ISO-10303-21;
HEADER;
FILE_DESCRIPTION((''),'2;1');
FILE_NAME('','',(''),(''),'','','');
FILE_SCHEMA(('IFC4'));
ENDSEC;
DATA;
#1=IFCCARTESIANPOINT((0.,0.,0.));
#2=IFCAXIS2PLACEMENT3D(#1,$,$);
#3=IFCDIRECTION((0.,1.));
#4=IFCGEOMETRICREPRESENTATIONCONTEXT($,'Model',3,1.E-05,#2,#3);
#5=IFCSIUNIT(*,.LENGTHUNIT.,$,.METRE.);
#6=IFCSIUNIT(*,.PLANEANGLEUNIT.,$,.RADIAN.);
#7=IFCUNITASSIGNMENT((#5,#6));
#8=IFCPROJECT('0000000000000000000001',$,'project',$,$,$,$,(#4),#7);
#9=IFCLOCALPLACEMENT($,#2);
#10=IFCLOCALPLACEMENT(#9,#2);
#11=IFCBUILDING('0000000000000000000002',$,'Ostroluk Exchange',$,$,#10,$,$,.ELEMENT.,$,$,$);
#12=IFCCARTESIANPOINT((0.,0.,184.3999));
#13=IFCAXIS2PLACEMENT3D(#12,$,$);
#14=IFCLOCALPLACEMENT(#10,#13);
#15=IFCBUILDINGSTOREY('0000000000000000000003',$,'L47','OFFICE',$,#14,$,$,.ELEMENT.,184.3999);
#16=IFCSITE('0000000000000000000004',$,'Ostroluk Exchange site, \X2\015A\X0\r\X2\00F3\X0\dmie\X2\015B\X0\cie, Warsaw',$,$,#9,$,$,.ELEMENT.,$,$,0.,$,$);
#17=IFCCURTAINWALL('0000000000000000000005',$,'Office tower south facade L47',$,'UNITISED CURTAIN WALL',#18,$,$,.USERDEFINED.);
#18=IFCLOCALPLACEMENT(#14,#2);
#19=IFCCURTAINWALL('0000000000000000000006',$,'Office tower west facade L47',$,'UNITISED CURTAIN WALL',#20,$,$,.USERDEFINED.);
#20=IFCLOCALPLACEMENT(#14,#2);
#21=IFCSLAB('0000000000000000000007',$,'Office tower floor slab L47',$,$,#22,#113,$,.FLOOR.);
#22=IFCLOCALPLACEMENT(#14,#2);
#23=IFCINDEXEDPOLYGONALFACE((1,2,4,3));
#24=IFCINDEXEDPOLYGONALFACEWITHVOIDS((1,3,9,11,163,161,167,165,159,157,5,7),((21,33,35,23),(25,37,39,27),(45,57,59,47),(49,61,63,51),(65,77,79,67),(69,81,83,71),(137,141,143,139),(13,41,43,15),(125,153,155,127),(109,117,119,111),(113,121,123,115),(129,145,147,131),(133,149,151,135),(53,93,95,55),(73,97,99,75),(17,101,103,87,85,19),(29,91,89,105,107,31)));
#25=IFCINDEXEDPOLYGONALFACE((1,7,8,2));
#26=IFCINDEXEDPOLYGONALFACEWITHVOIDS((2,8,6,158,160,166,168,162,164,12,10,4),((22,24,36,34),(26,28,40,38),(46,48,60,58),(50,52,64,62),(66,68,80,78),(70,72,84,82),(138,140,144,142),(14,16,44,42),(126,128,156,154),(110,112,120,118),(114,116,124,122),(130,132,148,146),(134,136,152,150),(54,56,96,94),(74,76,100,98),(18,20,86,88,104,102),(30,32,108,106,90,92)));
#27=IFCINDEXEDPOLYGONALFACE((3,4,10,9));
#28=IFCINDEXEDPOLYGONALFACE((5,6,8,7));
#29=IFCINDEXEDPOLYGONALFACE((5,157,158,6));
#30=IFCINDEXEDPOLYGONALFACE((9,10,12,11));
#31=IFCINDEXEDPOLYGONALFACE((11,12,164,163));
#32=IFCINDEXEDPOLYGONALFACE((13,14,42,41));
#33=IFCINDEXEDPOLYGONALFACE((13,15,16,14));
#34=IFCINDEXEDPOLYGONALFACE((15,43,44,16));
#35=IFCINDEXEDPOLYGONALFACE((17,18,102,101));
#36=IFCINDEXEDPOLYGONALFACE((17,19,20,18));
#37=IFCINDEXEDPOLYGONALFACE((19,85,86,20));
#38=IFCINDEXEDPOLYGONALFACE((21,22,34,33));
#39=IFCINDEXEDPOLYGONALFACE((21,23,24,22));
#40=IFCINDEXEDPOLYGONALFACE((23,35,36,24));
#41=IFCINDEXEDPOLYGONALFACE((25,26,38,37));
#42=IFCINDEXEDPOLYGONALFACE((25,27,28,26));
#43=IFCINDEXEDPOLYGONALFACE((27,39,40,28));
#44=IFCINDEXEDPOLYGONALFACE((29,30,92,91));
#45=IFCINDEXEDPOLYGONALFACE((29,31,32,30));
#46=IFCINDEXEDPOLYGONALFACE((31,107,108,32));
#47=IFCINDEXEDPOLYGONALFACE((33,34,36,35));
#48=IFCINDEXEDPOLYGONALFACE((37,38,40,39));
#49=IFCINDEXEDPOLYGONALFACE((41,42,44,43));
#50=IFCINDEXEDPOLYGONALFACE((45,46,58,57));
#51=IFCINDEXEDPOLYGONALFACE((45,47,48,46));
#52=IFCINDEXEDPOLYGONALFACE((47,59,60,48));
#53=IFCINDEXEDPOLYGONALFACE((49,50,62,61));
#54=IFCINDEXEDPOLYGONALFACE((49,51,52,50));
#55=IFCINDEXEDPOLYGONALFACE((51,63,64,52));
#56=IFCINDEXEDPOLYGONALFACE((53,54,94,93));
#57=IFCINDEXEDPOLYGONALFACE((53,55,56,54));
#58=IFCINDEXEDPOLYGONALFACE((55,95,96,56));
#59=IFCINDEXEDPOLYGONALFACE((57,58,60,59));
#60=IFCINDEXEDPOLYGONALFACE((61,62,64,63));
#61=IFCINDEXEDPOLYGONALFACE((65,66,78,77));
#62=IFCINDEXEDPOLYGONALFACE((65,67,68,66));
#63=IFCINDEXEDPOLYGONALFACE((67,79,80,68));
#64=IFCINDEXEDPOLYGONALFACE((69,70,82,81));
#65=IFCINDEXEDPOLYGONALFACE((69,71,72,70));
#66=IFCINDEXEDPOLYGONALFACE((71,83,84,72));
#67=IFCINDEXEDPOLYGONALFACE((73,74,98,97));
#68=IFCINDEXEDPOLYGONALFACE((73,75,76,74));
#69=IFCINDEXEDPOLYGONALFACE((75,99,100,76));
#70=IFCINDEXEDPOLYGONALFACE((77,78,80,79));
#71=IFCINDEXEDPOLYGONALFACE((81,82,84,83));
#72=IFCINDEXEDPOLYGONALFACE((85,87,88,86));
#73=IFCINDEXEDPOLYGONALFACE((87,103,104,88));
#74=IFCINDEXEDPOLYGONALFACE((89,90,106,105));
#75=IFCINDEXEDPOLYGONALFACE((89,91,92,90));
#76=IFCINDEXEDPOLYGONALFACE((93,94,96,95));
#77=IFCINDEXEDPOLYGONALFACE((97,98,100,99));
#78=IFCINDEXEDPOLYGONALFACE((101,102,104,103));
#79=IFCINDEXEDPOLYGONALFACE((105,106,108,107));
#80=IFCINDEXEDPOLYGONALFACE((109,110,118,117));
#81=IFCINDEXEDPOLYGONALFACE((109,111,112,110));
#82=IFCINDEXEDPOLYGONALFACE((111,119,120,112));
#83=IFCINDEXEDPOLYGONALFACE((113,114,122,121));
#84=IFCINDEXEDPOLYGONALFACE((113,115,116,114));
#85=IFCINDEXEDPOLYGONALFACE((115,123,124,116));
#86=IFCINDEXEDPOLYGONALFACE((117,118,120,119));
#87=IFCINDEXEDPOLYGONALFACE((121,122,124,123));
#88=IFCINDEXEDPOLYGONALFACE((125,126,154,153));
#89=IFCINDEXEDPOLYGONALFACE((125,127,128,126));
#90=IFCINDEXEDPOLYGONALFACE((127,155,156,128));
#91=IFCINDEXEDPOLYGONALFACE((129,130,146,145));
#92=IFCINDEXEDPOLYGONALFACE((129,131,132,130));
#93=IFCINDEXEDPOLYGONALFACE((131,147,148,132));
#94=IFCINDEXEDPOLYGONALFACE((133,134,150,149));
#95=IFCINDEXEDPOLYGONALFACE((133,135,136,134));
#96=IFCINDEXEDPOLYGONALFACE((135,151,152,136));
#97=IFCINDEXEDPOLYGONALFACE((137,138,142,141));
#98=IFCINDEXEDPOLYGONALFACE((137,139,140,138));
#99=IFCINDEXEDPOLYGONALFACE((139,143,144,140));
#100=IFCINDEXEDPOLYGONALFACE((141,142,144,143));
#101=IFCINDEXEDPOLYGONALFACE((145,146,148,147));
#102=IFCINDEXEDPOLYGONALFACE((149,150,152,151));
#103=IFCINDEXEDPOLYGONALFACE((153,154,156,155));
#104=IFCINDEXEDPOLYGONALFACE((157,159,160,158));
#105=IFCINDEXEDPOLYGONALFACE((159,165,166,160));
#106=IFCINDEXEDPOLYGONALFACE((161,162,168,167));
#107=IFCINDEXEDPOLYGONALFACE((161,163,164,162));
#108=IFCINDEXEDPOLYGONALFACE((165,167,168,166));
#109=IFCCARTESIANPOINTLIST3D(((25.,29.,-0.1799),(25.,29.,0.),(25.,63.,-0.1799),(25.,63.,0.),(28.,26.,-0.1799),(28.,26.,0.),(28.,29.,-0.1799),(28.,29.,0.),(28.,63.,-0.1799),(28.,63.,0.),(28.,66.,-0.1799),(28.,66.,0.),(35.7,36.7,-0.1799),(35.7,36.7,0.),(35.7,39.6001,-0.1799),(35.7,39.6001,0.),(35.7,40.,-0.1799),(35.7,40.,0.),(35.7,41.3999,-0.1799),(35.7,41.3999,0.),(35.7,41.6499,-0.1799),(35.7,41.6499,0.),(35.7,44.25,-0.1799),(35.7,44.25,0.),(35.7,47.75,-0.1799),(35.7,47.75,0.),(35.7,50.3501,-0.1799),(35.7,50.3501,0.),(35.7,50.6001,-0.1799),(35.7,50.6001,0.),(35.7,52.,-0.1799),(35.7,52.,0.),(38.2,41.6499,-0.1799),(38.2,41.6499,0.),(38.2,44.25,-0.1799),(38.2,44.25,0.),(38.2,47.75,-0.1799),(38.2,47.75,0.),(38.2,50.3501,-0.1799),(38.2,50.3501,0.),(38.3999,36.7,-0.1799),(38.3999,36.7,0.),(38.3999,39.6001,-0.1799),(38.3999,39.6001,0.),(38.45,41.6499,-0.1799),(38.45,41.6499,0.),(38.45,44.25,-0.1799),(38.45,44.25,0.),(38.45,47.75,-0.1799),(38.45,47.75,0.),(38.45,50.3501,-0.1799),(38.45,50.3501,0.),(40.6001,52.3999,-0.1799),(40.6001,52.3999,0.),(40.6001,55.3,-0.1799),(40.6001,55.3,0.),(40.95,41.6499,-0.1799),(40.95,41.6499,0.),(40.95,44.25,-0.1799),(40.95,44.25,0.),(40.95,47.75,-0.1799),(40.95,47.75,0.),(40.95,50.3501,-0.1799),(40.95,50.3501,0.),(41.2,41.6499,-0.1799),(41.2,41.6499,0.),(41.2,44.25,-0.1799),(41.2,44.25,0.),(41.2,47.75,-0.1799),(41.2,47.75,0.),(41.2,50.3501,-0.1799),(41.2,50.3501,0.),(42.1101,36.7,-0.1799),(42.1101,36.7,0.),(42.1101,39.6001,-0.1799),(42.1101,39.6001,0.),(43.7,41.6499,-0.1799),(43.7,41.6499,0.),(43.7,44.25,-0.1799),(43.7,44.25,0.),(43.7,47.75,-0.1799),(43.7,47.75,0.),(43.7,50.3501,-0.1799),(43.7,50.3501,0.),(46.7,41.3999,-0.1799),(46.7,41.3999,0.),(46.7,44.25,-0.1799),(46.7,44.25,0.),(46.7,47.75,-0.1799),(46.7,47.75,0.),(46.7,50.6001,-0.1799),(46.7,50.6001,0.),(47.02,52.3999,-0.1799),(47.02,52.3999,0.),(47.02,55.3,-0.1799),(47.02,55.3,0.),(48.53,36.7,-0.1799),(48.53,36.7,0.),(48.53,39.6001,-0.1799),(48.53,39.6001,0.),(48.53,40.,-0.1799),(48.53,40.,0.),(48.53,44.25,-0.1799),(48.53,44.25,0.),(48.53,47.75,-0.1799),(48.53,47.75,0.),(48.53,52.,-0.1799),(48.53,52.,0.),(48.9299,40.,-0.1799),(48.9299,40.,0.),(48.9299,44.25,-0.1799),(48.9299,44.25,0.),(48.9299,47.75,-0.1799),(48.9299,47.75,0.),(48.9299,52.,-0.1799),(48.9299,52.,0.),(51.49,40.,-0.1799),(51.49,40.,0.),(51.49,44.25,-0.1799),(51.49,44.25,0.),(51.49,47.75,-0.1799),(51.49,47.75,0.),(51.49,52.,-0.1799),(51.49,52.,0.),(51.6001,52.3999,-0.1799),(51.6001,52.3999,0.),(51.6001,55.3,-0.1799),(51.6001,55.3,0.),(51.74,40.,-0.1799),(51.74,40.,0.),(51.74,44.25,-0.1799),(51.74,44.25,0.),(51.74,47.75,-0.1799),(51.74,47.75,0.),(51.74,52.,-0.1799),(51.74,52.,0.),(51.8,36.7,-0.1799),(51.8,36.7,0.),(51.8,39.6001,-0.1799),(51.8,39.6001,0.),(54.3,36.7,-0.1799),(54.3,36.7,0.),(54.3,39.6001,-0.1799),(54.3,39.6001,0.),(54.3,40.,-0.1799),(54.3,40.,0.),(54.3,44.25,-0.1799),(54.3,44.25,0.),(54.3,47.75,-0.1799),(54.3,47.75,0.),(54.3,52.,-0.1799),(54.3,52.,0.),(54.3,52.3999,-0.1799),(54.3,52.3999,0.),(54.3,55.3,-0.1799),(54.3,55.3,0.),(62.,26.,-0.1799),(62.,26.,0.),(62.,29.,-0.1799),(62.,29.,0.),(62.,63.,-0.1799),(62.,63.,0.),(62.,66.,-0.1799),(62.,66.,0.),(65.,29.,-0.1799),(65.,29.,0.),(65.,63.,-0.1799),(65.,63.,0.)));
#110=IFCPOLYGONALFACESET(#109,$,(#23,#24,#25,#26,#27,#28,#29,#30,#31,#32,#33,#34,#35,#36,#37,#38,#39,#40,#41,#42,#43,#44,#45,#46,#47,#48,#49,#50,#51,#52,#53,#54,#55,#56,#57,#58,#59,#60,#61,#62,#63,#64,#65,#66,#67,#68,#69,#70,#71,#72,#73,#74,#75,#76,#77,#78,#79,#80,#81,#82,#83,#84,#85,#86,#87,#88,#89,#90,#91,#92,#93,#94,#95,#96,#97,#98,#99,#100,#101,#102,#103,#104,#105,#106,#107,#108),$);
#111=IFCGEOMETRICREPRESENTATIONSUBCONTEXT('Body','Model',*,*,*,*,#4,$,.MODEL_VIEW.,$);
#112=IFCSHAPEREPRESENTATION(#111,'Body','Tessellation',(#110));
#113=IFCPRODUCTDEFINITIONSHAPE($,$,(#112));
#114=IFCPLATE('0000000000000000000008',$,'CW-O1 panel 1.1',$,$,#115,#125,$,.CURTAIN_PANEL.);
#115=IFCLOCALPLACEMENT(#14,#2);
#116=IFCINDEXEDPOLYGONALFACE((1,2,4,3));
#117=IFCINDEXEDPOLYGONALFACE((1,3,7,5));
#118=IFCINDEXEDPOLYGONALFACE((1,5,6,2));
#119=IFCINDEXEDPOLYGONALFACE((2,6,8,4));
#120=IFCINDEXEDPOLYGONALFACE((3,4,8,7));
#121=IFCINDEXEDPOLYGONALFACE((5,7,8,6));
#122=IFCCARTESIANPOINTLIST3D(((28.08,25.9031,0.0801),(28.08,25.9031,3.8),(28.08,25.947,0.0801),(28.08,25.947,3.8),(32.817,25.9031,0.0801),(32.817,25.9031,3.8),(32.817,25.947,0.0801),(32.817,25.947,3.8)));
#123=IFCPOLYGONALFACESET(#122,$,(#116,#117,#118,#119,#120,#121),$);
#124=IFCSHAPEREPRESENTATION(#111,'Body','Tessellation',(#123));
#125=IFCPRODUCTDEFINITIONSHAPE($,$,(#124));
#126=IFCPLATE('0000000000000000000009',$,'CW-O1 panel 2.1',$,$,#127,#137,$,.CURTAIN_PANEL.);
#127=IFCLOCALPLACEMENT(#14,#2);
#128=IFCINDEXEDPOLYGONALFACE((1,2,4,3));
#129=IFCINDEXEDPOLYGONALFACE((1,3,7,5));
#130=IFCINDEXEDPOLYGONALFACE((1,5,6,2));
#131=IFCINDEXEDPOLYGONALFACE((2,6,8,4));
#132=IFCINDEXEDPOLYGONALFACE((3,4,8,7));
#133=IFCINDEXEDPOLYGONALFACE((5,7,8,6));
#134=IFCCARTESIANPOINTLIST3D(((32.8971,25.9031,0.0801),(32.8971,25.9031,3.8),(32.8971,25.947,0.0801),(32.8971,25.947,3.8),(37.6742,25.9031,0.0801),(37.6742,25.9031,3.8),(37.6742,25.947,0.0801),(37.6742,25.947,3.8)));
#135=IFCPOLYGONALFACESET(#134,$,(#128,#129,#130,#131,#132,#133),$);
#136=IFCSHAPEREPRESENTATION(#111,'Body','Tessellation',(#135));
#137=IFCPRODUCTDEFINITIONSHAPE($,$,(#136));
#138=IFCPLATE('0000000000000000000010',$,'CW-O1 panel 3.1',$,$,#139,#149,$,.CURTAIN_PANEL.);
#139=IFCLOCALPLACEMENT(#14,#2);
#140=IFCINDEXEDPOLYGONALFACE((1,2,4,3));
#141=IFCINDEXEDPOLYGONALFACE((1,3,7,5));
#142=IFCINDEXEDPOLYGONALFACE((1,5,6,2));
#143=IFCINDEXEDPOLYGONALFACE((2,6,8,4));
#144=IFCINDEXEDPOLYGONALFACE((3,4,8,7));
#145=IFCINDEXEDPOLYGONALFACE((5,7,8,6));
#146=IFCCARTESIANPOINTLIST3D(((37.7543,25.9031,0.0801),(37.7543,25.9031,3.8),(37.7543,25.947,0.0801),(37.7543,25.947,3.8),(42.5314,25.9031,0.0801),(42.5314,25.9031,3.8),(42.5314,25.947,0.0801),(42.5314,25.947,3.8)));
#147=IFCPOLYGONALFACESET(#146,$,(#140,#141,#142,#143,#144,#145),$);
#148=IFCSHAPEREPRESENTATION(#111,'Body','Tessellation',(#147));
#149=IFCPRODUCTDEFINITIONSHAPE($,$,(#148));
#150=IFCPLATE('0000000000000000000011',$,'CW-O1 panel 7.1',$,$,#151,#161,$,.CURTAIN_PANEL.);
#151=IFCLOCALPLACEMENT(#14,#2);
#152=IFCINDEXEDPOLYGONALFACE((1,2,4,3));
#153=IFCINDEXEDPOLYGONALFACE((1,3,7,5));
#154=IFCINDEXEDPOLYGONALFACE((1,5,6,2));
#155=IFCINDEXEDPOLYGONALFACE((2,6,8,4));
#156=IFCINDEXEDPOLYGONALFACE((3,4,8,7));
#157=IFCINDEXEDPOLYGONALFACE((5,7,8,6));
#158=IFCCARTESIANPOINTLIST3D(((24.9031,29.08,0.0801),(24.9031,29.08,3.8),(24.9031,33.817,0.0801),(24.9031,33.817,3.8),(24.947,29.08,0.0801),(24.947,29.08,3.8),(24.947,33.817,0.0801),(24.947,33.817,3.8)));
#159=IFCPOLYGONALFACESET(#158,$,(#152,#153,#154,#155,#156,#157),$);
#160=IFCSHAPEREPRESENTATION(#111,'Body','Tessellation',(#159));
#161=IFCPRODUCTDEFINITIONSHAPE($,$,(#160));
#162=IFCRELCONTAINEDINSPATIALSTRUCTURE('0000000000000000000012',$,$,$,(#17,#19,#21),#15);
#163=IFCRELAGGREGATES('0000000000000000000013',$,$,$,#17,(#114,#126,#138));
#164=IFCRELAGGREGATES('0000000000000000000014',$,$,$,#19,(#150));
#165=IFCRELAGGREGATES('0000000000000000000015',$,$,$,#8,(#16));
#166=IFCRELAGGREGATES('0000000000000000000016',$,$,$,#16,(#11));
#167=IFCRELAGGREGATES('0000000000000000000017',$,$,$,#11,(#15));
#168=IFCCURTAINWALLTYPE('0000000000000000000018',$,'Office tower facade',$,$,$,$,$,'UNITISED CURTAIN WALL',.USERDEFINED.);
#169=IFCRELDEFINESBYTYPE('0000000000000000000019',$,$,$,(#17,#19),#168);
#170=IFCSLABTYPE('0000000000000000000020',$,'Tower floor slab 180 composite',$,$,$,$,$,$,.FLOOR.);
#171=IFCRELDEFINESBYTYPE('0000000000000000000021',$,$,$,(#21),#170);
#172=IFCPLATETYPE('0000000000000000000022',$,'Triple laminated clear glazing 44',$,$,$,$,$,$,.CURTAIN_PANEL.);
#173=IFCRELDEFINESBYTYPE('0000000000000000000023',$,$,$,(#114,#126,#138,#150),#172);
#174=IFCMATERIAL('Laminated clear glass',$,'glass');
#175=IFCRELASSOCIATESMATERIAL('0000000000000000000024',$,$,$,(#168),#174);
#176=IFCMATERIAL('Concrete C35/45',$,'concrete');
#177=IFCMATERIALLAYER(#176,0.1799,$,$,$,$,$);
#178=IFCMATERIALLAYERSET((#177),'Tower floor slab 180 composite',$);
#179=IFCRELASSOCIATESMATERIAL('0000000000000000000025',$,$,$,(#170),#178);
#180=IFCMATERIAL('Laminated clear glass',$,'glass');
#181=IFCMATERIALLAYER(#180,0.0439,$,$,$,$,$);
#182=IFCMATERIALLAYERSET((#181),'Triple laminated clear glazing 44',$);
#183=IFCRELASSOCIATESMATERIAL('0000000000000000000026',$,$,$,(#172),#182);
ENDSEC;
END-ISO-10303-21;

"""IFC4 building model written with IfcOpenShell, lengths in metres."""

from ifc_helpers import new_model, si_unit, direction, frame, origin, origin_2d, place, context, subcontext, project, spatial, polyline, rectangle, outline, extrude, material, layer, layer_set, type_object, element, aggregate, save


model = new_model("IFC4")

# Units and contexts
model_context = context("Model", 3, precision=1e-05, world=origin(), true_north=direction((0.0, 1.0)))
body_context = subcontext(model_context, "Body", "Model", "MODEL_VIEW")
ifc_project = project(units=[si_unit("LENGTHUNIT", "METRE"), si_unit("PLANEANGLEUNIT", "RADIAN")], contexts=[model_context])

# Site, building, storey
site_placement = place(None, origin())
site = spatial("IfcSite", under=ifc_project, at=site_placement, Name="Ostroluk Exchange site, Śródmieście, Warsaw", CompositionType="ELEMENT", RefElevation=0.0)
building_placement = place(site_placement, origin())
building = spatial("IfcBuilding", under=site, at=building_placement, Name="Ostroluk Exchange", CompositionType="ELEMENT")
storey_placement = place(building_placement, frame((0.0, 0.0, 184.3999)))
storey = spatial("IfcBuildingStorey", under=building, at=storey_placement, Name="L47", Description="OFFICE", CompositionType="ELEMENT", Elevation=184.3999)

# Curtain wall
ifc_material_1 = material(Name="Laminated clear glass", Category="glass")
curtain_wall_type = type_object("IfcCurtainWallType", Name="Office tower facade", ElementType="UNITISED CURTAIN WALL", PredefinedType="USERDEFINED", material=ifc_material_1)
curtain_wall_1_placement = place(storey_placement, origin())
curtain_wall_1 = element("IfcCurtainWall", 1, at=curtain_wall_1_placement, inside=storey, type_object=curtain_wall_type, Name="Office tower south facade L47", ObjectType="UNITISED CURTAIN WALL", PredefinedType="USERDEFINED")

# Curtain wall
curtain_wall_2_placement = place(storey_placement, origin())
curtain_wall_2 = element("IfcCurtainWall", 2, at=curtain_wall_2_placement, inside=storey, type_object=curtain_wall_type, Name="Office tower west facade L47", ObjectType="UNITISED CURTAIN WALL", PredefinedType="USERDEFINED")

# Slab
ifc_material_2 = material(Name="Concrete C35/45", Category="concrete")
ifc_layer_1 = layer(ifc_material_2, 0.1799)
ifc_layer_set_1 = layer_set([ifc_layer_1], Name="Tower floor slab 180 composite")
slab_type_1 = type_object("IfcSlabType", Name="Tower floor slab 180 composite", PredefinedType="FLOOR", material=ifc_layer_set_1)
slab_1_placement = place(storey_placement, frame((0.0, 0.0, -0.1799)))
element("IfcSlab", 3, at=slab_1_placement, inside=storey, type_object=slab_type_1, Name="Office tower floor slab L47", PredefinedType="FLOOR", context=body_context, shape_type="SweptSolid", body=[
    extrude(outline(polyline([(28.0, 26.0), (62.0, 26.0), (62.0, 29.0), (65.0, 29.0), (65.0, 63.0), (62.0, 63.0), (62.0, 66.0), (28.0, 66.0), (28.0, 63.0), (25.0, 63.0), (25.0, 29.0), (28.0, 29.0), (28.0, 26.0)]), holes=[polyline([(35.7, 36.7), (38.3999, 36.7), (38.3999, 39.6001), (35.7, 39.6001), (35.7, 36.7)]), polyline([(42.1101, 36.7), (48.53, 36.7), (48.53, 39.6001), (42.1101, 39.6001), (42.1101, 36.7)]), polyline([(51.8, 36.7), (54.3, 36.7), (54.3, 39.6001), (51.8, 39.6001), (51.8, 36.7)]), polyline([(40.6001, 52.3999), (47.02, 52.3999), (47.02, 55.3), (40.6001, 55.3), (40.6001, 52.3999)]), polyline([(51.6001, 52.3999), (54.3, 52.3999), (54.3, 55.3), (51.6001, 55.3), (51.6001, 52.3999)]), polyline([(35.7, 47.75), (38.2, 47.75), (38.2, 50.3501), (35.7, 50.3501), (35.7, 47.75)]), polyline([(38.45, 47.75), (40.95, 47.75), (40.95, 50.3501), (38.45, 50.3501), (38.45, 47.75)]), polyline([(41.2, 47.75), (43.7, 47.75), (43.7, 50.3501), (41.2, 50.3501), (41.2, 47.75)]), polyline([(35.7, 41.6499), (38.2, 41.6499), (38.2, 44.25), (35.7, 44.25), (35.7, 41.6499)]), polyline([(38.45, 41.6499), (40.95, 41.6499), (40.95, 44.25), (38.45, 44.25), (38.45, 41.6499)]), polyline([(41.2, 41.6499), (43.7, 41.6499), (43.7, 44.25), (41.2, 44.25), (41.2, 41.6499)]), polyline([(48.9299, 47.75), (51.49, 47.75), (51.49, 52.0), (48.9299, 52.0), (48.9299, 47.75)]), polyline([(51.74, 47.75), (54.3, 47.75), (54.3, 52.0), (51.74, 52.0), (51.74, 47.75)]), polyline([(48.9299, 40.0), (51.49, 40.0), (51.49, 44.25), (48.9299, 44.25), (48.9299, 40.0)]), polyline([(51.74, 40.0), (54.3, 40.0), (54.3, 44.25), (51.74, 44.25), (51.74, 40.0)]), polyline([(48.53, 52.0), (48.53, 47.75), (46.7, 47.75), (46.7, 50.6001), (35.7, 50.6001), (35.7, 52.0), (48.53, 52.0)]), polyline([(35.7, 40.0), (35.7, 41.3999), (46.7, 41.3999), (46.7, 44.25), (48.53, 44.25), (48.53, 40.0), (35.7, 40.0)])]), origin(), (0.0, 0.0, 1.0), 0.1799),
])

# Plates
ifc_material_3 = material(Name="Laminated clear glass", Category="glass")
ifc_layer_2 = layer(ifc_material_3, 0.0439)
ifc_layer_set_2 = layer_set([ifc_layer_2], Name="Triple laminated clear glazing 44")
plate_type_1 = type_object("IfcPlateType", Name="Triple laminated clear glazing 44", PredefinedType="CURTAIN_PANEL", material=ifc_layer_set_2)
plate_1_placement = place(storey_placement, frame((30.4485, 25.925, 0.0801), z_axis=(0.0, 0.0, 1.0), x_axis=(1.0, 0.0, 0.0)))
plate_1 = element("IfcPlate", 4, at=plate_1_placement, type_object=plate_type_1, Name="CW-O1 panel 1.1", PredefinedType="CURTAIN_PANEL", context=body_context, shape_type="SweptSolid", body=[
    extrude(rectangle(XDim=4.7371, YDim=0.0439, at=origin_2d()), origin(), (0.0, 0.0, 1.0), 3.72),
])
plate_2_placement = place(storey_placement, frame((35.2856, 25.925, 0.0801), z_axis=(0.0, 0.0, 1.0), x_axis=(1.0, 0.0, 0.0)))
plate_2 = element("IfcPlate", 5, at=plate_2_placement, type_object=plate_type_1, Name="CW-O1 panel 2.1", PredefinedType="CURTAIN_PANEL", context=body_context, shape_type="SweptSolid", body=[
    extrude(rectangle(XDim=4.7771, YDim=0.0439, at=origin_2d()), origin(), (0.0, 0.0, 1.0), 3.72),
])
plate_3_placement = place(storey_placement, frame((40.1428, 25.925, 0.0801), z_axis=(0.0, 0.0, 1.0), x_axis=(1.0, 0.0, 0.0)))
plate_3 = element("IfcPlate", 6, at=plate_3_placement, type_object=plate_type_1, Name="CW-O1 panel 3.1", PredefinedType="CURTAIN_PANEL", context=body_context, shape_type="SweptSolid", body=[
    extrude(rectangle(XDim=4.7771, YDim=0.0439, at=origin_2d()), origin(), (0.0, 0.0, 1.0), 3.72),
])
aggregate(curtain_wall_1, [plate_1, plate_2, plate_3])
plate_4_placement = place(storey_placement, frame((24.925, 31.4485, 0.0801), z_axis=(0.0, 0.0, 1.0), x_axis=(0.0, -1.0, 0.0)))
plate_4 = element("IfcPlate", 7, at=plate_4_placement, type_object=plate_type_1, Name="CW-O1 panel 7.1", PredefinedType="CURTAIN_PANEL", context=body_context, shape_type="SweptSolid", body=[
    extrude(rectangle(XDim=4.7371, YDim=0.0439, at=origin_2d()), origin(), (0.0, 0.0, 1.0), 3.72),
])
aggregate(curtain_wall_2, [plate_4])

save(model, "model.ifc")
